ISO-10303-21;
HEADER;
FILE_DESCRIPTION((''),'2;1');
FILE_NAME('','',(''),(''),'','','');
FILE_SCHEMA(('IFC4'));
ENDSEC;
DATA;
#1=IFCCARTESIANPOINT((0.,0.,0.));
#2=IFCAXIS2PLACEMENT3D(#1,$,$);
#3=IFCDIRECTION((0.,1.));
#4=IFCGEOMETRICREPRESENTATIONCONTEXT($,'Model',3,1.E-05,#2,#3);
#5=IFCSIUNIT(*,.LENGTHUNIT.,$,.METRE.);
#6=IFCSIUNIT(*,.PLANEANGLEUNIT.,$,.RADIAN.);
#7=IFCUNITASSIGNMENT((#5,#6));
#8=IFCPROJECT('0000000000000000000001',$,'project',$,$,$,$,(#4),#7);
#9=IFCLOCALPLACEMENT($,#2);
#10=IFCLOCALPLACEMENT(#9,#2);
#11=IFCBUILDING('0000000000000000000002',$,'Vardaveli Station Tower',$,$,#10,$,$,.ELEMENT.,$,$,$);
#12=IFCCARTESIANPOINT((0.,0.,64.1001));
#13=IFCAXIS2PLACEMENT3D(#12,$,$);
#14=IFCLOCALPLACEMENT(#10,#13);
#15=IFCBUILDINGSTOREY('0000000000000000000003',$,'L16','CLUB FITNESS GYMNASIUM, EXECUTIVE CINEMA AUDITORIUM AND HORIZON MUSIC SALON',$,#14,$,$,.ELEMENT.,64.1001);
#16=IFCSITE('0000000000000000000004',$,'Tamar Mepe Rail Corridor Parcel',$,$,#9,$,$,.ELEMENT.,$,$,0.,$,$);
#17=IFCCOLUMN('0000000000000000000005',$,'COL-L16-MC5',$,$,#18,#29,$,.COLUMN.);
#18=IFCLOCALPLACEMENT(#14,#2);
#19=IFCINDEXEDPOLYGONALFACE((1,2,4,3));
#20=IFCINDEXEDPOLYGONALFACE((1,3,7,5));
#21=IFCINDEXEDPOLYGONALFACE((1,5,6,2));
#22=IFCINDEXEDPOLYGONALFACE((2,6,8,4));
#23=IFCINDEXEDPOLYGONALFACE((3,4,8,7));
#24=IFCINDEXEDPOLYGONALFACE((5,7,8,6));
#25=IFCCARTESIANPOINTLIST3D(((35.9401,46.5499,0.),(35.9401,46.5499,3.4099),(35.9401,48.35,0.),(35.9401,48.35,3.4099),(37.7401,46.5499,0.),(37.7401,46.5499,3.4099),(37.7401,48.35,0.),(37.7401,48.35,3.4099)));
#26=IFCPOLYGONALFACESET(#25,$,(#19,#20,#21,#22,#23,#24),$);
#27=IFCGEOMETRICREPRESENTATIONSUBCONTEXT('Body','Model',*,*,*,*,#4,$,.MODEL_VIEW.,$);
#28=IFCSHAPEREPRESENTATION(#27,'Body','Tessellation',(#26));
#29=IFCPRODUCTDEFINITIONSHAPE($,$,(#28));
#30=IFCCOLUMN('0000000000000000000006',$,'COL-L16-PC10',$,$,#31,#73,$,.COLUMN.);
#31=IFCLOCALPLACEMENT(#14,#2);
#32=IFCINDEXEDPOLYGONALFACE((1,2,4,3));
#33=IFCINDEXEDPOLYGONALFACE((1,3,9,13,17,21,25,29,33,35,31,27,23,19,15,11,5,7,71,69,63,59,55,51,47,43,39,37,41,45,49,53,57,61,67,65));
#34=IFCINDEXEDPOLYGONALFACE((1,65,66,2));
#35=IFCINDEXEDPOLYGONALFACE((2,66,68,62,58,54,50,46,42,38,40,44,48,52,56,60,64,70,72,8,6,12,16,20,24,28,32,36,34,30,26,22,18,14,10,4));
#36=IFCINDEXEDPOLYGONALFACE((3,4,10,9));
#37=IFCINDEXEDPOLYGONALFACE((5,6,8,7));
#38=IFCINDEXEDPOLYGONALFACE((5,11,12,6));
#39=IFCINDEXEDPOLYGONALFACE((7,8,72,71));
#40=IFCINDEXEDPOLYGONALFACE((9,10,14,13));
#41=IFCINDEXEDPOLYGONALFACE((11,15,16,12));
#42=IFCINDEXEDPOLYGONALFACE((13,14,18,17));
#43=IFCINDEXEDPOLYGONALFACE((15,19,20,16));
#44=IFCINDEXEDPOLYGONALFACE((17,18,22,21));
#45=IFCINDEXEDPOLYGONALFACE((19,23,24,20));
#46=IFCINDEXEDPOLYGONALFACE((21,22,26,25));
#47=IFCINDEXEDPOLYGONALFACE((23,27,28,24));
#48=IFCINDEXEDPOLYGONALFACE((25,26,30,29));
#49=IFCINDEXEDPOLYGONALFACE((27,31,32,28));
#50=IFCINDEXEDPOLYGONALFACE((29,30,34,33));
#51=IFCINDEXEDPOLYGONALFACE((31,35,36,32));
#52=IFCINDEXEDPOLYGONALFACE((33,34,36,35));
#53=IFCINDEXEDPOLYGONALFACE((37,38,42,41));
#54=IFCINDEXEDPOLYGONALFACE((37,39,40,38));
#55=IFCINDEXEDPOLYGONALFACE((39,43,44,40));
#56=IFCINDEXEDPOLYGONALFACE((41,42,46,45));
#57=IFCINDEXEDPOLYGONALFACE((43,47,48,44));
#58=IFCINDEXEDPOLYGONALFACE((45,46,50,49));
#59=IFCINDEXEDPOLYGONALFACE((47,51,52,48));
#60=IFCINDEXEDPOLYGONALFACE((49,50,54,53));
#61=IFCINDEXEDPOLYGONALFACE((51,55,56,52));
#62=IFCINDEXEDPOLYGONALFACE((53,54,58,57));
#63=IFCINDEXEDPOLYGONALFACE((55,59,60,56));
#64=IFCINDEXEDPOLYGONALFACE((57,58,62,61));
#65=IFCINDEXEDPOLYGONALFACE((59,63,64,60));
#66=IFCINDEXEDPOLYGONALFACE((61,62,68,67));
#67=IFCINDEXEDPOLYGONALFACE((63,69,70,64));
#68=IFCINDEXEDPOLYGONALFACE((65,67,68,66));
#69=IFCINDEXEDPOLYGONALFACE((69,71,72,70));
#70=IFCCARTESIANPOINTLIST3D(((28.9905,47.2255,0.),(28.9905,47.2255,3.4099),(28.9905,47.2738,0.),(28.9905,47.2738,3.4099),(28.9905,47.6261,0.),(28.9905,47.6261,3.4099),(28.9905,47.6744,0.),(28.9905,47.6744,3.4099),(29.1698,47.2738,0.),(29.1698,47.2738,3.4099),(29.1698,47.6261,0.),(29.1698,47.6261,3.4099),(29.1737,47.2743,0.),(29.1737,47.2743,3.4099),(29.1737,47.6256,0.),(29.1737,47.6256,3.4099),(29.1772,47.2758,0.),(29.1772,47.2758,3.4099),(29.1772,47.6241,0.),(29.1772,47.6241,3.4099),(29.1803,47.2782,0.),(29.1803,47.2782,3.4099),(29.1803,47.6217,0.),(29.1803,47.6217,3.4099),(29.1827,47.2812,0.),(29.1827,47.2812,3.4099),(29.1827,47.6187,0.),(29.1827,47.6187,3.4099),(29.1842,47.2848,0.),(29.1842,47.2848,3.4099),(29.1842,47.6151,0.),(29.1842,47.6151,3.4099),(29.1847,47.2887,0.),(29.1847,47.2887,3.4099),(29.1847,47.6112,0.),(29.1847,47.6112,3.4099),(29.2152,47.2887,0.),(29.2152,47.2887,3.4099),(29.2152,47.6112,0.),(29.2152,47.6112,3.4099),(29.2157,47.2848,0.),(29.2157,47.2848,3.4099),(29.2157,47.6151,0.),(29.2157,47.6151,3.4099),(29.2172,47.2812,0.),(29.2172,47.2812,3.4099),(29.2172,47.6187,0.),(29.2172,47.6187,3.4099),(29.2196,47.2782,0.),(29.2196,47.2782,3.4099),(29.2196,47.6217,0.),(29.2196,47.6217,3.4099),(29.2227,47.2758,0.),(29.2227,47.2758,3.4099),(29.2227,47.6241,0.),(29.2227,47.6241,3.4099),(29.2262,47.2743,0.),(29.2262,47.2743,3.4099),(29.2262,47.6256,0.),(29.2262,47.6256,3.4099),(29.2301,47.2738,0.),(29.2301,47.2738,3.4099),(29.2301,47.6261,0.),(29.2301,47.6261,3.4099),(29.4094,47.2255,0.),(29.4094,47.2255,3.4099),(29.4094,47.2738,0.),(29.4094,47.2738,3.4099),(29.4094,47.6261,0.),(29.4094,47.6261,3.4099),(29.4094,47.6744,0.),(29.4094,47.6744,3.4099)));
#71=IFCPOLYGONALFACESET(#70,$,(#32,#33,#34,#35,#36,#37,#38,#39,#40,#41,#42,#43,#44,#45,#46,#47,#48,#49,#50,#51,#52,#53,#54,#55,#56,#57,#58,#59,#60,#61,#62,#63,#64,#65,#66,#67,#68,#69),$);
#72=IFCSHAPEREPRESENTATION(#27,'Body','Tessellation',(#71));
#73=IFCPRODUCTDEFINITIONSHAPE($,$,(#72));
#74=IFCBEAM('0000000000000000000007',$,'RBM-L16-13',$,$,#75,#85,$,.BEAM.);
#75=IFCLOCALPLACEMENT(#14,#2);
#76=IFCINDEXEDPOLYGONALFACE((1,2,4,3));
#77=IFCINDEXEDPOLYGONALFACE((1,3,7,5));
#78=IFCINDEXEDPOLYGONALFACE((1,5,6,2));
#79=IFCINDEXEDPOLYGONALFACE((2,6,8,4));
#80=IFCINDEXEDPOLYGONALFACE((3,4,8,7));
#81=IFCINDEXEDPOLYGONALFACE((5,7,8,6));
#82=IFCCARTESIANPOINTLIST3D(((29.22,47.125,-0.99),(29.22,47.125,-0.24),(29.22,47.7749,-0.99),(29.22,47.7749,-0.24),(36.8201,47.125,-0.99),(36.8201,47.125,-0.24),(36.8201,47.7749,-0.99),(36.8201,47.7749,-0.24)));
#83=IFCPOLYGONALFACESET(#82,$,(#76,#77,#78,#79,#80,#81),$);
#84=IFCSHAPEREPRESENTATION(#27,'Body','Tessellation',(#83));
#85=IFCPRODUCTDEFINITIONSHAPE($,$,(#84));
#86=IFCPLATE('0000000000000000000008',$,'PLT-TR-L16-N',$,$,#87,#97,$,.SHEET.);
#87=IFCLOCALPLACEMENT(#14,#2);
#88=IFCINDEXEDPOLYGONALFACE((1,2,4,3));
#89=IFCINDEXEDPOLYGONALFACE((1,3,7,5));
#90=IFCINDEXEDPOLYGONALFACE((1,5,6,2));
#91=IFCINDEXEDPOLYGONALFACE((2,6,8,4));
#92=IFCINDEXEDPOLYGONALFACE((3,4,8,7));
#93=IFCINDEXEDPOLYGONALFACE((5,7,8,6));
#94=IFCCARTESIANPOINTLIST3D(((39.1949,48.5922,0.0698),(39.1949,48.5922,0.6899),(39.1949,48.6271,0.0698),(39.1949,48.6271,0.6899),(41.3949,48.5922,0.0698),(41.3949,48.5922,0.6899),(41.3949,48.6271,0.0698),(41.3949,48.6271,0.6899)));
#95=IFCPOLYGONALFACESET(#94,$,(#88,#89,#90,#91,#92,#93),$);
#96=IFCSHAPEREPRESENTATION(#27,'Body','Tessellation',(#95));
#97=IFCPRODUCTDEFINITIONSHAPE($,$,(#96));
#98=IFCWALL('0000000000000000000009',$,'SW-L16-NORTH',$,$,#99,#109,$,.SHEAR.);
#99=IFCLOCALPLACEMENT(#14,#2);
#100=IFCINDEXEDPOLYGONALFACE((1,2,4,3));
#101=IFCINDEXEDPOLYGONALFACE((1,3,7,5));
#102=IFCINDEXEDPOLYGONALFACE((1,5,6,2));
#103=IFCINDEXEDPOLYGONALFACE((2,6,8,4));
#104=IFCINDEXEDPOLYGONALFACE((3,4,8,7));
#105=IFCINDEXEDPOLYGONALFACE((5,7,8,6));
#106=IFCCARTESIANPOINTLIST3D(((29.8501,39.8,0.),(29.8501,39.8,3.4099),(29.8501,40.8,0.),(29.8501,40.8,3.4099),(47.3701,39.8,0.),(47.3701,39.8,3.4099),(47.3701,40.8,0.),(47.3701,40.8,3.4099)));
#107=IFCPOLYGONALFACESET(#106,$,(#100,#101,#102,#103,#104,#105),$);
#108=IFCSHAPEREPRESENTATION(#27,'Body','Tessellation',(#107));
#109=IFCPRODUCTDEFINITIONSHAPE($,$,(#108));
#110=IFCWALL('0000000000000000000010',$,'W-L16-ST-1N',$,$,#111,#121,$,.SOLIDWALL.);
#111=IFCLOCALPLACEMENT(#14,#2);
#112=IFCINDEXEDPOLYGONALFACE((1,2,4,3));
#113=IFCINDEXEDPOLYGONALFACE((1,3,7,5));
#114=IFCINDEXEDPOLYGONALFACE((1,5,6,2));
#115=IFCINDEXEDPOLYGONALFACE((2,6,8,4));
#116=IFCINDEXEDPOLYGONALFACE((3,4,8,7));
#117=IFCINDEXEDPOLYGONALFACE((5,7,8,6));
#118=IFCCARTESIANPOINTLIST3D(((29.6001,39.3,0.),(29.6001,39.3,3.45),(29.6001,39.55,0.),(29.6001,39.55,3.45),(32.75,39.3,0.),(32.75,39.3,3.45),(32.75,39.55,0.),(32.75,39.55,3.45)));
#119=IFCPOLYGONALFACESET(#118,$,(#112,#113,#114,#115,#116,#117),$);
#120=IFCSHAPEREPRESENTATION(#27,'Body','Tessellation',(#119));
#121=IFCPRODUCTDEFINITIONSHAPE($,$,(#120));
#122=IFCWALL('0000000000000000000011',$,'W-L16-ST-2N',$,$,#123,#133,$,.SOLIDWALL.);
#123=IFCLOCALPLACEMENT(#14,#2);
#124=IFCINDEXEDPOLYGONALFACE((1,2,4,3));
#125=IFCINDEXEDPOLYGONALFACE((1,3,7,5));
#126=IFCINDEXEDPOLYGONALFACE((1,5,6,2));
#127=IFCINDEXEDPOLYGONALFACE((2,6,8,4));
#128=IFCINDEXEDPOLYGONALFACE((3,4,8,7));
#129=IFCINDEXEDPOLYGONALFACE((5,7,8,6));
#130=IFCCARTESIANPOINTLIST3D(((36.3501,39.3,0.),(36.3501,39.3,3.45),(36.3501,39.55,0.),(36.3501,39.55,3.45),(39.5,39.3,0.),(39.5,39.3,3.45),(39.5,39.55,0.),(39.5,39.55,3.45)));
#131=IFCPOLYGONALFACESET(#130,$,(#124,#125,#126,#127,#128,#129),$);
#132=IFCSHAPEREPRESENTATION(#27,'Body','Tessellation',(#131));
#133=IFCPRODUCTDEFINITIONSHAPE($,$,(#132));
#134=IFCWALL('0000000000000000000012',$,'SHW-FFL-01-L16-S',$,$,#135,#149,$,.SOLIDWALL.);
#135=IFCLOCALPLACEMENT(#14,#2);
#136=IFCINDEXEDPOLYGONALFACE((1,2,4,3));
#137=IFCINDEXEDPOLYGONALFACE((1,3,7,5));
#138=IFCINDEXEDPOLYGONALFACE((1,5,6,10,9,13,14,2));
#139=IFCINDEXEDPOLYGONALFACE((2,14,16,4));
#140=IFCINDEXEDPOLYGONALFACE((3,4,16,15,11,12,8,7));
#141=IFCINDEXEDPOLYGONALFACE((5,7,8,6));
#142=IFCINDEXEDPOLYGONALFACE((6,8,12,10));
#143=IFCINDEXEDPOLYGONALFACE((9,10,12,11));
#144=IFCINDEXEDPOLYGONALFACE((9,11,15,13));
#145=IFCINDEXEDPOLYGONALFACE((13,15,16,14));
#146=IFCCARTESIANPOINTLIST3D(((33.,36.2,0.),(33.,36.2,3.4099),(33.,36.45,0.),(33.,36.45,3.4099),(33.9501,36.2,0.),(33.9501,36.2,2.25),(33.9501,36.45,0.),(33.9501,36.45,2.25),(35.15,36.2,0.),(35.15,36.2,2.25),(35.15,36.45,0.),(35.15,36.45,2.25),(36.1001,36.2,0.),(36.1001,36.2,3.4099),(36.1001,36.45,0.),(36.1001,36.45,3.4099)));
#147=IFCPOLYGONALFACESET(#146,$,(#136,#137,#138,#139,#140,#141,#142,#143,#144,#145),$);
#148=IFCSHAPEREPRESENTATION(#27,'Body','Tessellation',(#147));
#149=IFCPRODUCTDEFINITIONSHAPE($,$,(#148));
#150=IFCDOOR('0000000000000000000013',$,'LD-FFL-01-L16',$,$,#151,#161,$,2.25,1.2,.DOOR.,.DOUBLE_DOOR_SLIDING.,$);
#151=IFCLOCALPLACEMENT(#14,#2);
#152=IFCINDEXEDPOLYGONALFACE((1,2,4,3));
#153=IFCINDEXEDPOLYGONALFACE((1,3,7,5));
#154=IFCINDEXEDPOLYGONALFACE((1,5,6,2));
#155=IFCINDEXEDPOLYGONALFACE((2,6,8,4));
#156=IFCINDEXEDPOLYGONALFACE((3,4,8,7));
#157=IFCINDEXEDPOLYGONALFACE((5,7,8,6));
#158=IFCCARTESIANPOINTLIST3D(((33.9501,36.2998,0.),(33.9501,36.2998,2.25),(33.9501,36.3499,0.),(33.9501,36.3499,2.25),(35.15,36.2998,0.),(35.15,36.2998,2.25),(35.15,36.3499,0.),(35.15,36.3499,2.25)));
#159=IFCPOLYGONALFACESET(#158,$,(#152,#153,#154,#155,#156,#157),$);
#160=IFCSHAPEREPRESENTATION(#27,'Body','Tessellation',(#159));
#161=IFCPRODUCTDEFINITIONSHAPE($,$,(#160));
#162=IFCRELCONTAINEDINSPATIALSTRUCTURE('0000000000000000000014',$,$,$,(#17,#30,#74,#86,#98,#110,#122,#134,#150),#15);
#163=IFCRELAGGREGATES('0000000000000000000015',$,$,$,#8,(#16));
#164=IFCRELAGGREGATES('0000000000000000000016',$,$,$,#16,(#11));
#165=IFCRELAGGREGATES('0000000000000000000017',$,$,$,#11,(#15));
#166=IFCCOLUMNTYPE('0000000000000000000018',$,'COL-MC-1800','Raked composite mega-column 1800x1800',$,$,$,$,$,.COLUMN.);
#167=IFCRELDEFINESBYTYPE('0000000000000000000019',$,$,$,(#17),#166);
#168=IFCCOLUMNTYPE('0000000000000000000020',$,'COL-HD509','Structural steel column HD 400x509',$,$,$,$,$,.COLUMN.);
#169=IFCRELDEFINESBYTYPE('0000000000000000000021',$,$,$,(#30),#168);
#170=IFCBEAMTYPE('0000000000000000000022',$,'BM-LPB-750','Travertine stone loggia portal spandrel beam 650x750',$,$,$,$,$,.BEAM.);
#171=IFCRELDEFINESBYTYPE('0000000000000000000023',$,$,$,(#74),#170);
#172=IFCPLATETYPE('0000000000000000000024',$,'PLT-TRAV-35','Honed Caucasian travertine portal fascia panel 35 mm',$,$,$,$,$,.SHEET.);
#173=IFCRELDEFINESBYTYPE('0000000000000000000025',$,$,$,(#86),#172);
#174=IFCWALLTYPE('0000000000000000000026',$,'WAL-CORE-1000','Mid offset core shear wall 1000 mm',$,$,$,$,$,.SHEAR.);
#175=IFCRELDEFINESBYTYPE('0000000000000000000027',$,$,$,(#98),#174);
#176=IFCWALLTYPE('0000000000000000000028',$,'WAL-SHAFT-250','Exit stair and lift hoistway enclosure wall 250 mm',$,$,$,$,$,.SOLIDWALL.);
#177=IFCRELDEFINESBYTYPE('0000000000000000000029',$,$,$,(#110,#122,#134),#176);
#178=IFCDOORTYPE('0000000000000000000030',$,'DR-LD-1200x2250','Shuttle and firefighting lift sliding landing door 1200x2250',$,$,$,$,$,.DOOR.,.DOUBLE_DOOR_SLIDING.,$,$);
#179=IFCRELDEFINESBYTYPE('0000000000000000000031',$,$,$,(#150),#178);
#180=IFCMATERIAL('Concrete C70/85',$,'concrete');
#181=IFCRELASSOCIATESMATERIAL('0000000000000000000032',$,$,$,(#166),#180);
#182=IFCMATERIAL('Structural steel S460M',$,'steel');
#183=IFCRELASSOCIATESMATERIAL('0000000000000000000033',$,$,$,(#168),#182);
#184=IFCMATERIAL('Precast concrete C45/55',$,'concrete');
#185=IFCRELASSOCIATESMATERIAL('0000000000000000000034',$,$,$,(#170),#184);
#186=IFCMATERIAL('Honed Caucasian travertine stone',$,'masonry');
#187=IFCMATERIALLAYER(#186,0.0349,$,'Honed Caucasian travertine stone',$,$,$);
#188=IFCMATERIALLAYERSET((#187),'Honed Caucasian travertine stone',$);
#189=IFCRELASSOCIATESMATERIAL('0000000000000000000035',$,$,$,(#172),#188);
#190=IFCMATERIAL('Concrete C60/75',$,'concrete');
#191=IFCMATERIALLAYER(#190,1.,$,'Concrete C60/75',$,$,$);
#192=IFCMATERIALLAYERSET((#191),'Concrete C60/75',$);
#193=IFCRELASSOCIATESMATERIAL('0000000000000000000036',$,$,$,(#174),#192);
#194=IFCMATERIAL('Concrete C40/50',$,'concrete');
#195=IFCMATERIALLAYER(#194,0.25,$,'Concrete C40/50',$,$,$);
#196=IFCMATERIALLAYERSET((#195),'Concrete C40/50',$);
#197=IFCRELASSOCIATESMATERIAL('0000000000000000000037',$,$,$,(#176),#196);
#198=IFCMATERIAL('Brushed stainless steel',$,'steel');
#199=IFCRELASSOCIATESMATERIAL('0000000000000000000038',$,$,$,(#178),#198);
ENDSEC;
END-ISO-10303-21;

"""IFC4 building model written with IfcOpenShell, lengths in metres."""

from ifc_helpers import new_model, si_unit, direction, frame, frame_2d, origin, origin_2d, place, context, subcontext, project, spatial, rectangle, i_section, extrude, source, transform, mapped, material, layer, layer_set, material_profile, profile_set, type_object, element, fill, save


model = new_model("IFC4")

# Units and contexts
model_context = context("Model", 3, precision=1e-05, world=origin(), true_north=direction((0.0, 1.0)))
body_context = subcontext(model_context, "Body", "Model", "MODEL_VIEW")
ifc_project = project(units=[si_unit("LENGTHUNIT", "METRE"), si_unit("PLANEANGLEUNIT", "RADIAN")], contexts=[model_context])

# Site, building, storey
site_placement = place(None, origin())
site = spatial("IfcSite", under=ifc_project, at=site_placement, Name="Tamar Mepe Rail Corridor Parcel", CompositionType="ELEMENT", RefElevation=0.0)
building_placement = place(site_placement, origin())
building = spatial("IfcBuilding", under=site, at=building_placement, Name="Vardaveli Station Tower", CompositionType="ELEMENT")
storey_placement = place(building_placement, frame((0.0, 0.0, 64.1001)))
storey = spatial("IfcBuildingStorey", under=building, at=storey_placement, Name="L16", Description="CLUB FITNESS GYMNASIUM, EXECUTIVE CINEMA AUDITORIUM AND HORIZON MUSIC SALON", CompositionType="ELEMENT", Elevation=64.1001)

# Columns
ifc_material_1 = material(Name="Concrete C70/85", Category="concrete")
ifc_material_profile_1 = material_profile(ifc_material_1, rectangle(XDim=1.8, YDim=1.8, at=origin_2d()), Name="MC 1800x1800")
ifc_profile_set_1 = profile_set([ifc_material_profile_1], Name="Concrete C70/85")
column_type_1 = type_object("IfcColumnType", Name="COL-MC-1800", Description="Raked composite mega-column 1800x1800", PredefinedType="COLUMN", material=ifc_profile_set_1)
shared_shape_1 = source(origin(), body_context, "Body", "SweptSolid", [
    extrude(rectangle(XDim=1.8, YDim=1.8, at=origin_2d()), origin(), (0.0, 0.0, 1.0), 3.4099),
])
column_1_placement = place(storey_placement, frame((36.8401, 47.45, 0.0), z_axis=(0.0, 0.0, 1.0), x_axis=(1.0, 0.0, 0.0)))
element("IfcColumn", 1, at=column_1_placement, inside=storey, type_object=column_type_1, Name="COL-L16-MC5", PredefinedType="COLUMN", context=body_context, shape_type="MappedRepresentation", body=[
    mapped(shared_shape_1, transform((0.0, 0.0, 0.0), scale=1.0)),
])
ifc_material_2 = material(Name="Structural steel S460M", Category="steel")
ifc_material_profile_2 = material_profile(ifc_material_2, i_section(OverallWidth=0.4189, OverallDepth=0.449, WebThickness=0.0305, FlangeThickness=0.0483, FilletRadius=0.0149, at=origin_2d()), Name="HD 400x509")
ifc_profile_set_2 = profile_set([ifc_material_profile_2], Name="Structural steel S460M")
column_type_2 = type_object("IfcColumnType", Name="COL-HD509", Description="Structural steel column HD 400x509", PredefinedType="COLUMN", material=ifc_profile_set_2)
shared_shape_2 = source(origin(), body_context, "Body", "SweptSolid", [
    extrude(i_section(OverallWidth=0.4189, OverallDepth=0.449, WebThickness=0.0305, FlangeThickness=0.0483, FilletRadius=0.0149, at=origin_2d()), origin(), (0.0, 0.0, 1.0), 3.4099),
])
column_2_placement = place(storey_placement, frame((29.2, 47.45, 0.0), z_axis=(0.0, 0.0, 1.0), x_axis=(1.0, 0.0, 0.0)))
element("IfcColumn", 2, at=column_2_placement, inside=storey, type_object=column_type_2, Name="COL-L16-PC10", PredefinedType="COLUMN", context=body_context, shape_type="MappedRepresentation", body=[
    mapped(shared_shape_2, transform((0.0, 0.0, 0.0), scale=1.0)),
])

# Beam
ifc_material_3 = material(Name="Precast concrete C45/55", Category="concrete")
ifc_material_profile_3 = material_profile(ifc_material_3, rectangle(XDim=0.6499, YDim=0.75, at=origin_2d()), Name="LPB 650x750")
ifc_profile_set_3 = profile_set([ifc_material_profile_3], Name="Precast concrete C45/55")
beam_type = type_object("IfcBeamType", Name="BM-LPB-750", Description="Travertine stone loggia portal spandrel beam 650x750", PredefinedType="BEAM", material=ifc_profile_set_3)
shared_shape_3 = source(origin(), body_context, "Body", "SweptSolid", [
    extrude(rectangle(XDim=0.6499, YDim=0.75, at=origin_2d()), origin(), (0.0, 0.0, 1.0), 7.6001),
])
beam_placement = place(storey_placement, frame((36.8201, 47.45, -0.615), z_axis=(-1.0, 0.0, 0.0), x_axis=(0.0, -1.0, 0.0)))
element("IfcBeam", 3, at=beam_placement, inside=storey, type_object=beam_type, Name="RBM-L16-13", PredefinedType="BEAM", context=body_context, shape_type="MappedRepresentation", body=[
    mapped(shared_shape_3, transform((0.0, 0.0, 0.0), scale=1.0)),
])

# Plate
ifc_material_4 = material(Name="Honed Caucasian travertine stone", Category="masonry")
ifc_layer_1 = layer(ifc_material_4, 0.0349, Name="Honed Caucasian travertine stone")
ifc_layer_set_1 = layer_set([ifc_layer_1], Name="Honed Caucasian travertine stone")
plate_type = type_object("IfcPlateType", Name="PLT-TRAV-35", Description="Honed Caucasian travertine portal fascia panel 35 mm", PredefinedType="SHEET", material=ifc_layer_set_1)
shared_shape_4 = source(origin(), body_context, "Body", "SweptSolid", [
    extrude(rectangle(XDim=2.2, YDim=0.0349, at=origin_2d()), origin(), (0.0, 0.0, 1.0), 0.6201),
])
plate_placement = place(storey_placement, frame((40.2949, 48.6096, 0.0698), z_axis=(0.0, 0.0, 1.0), x_axis=(1.0, 0.0, 0.0)))
element("IfcPlate", 4, at=plate_placement, inside=storey, type_object=plate_type, Name="PLT-TR-L16-N", PredefinedType="SHEET", context=body_context, shape_type="MappedRepresentation", body=[
    mapped(shared_shape_4, transform((0.0, 0.0, 0.0), scale=1.0)),
])

# Walls
ifc_material_5 = material(Name="Concrete C60/75", Category="concrete")
ifc_layer_2 = layer(ifc_material_5, 1.0, Name="Concrete C60/75")
ifc_layer_set_2 = layer_set([ifc_layer_2], Name="Concrete C60/75")
wall_type_1 = type_object("IfcWallType", Name="WAL-CORE-1000", Description="Mid offset core shear wall 1000 mm", PredefinedType="SHEAR", material=ifc_layer_set_2)
shared_shape_5 = source(origin(), body_context, "Body", "SweptSolid", [
    extrude(rectangle(XDim=17.52, YDim=1.0, at=frame_2d((8.76, 0.0))), origin(), (0.0, 0.0, 1.0), 3.4099),
])
wall_1_placement = place(storey_placement, frame((29.8501, 40.3, 0.0), z_axis=(0.0, 0.0, 1.0), x_axis=(1.0, 0.0, 0.0)))
element("IfcWall", 5, at=wall_1_placement, inside=storey, type_object=wall_type_1, Name="SW-L16-NORTH", PredefinedType="SHEAR", context=body_context, shape_type="MappedRepresentation", body=[
    mapped(shared_shape_5, transform((0.0, 0.0, 0.0), scale=1.0)),
])
ifc_material_6 = material(Name="Concrete C40/50", Category="concrete")
ifc_layer_3 = layer(ifc_material_6, 0.25, Name="Concrete C40/50")
ifc_layer_set_3 = layer_set([ifc_layer_3], Name="Concrete C40/50")
wall_type_2 = type_object("IfcWallType", Name="WAL-SHAFT-250", Description="Exit stair and lift hoistway enclosure wall 250 mm", PredefinedType="SOLIDWALL", material=ifc_layer_set_3)
shared_shape_6 = source(origin(), body_context, "Body", "SweptSolid", [
    extrude(rectangle(XDim=3.1499, YDim=0.25, at=frame_2d((1.575, 0.0))), origin(), (0.0, 0.0, 1.0), 3.45),
])
for number, where, z_axis, x_axis, name in (
    (6, (29.6001, 39.425, 0.0), (0.0, 0.0, 1.0), (1.0, 0.0, 0.0), "W-L16-ST-1N"),
    (7, (36.3501, 39.425, 0.0), (0.0, 0.0, 1.0), (1.0, 0.0, 0.0), "W-L16-ST-2N"),
):
    element("IfcWall", number, at=place(storey_placement, frame(where, z_axis=z_axis, x_axis=x_axis)), inside=storey, type_object=wall_type_2, Name=name, PredefinedType="SOLIDWALL", context=body_context, shape_type="MappedRepresentation", body=[
        mapped(shared_shape_6, transform((0.0, 0.0, 0.0), scale=1.0)),
    ])

# Wall, opening, door
shared_shape_7 = source(origin(), body_context, "Body", "SweptSolid", [
    extrude(rectangle(XDim=3.1001, YDim=0.25, at=frame_2d((1.55, 0.0))), origin(), (0.0, 0.0, 1.0), 3.4099),
])
wall_2_placement = place(storey_placement, frame((33.0, 36.325, 0.0), z_axis=(0.0, 0.0, 1.0), x_axis=(1.0, 0.0, 0.0)))
wall_2 = element("IfcWall", 8, at=wall_2_placement, inside=storey, type_object=wall_type_2, Name="SHW-FFL-01-L16-S", PredefinedType="SOLIDWALL", context=body_context, shape_type="MappedRepresentation", body=[
    mapped(shared_shape_7, transform((0.0, 0.0, 0.0), scale=1.0)),
])
shared_shape_8 = source(origin(), body_context, "Body", "SweptSolid", [
    extrude(rectangle(XDim=1.2, YDim=2.25, at=frame_2d((0.6001, 1.125))), frame((0.0, 0.135, 0.0), z_axis=(0.0, -1.0, 0.0), x_axis=(1.0, 0.0, 0.0)), (0.0, 0.0, 1.0), 0.27),
])
opening_1_placement = place(wall_2_placement, frame((0.95, 0.0, 0.0)))
opening_1 = element("IfcOpeningElement", 9, at=opening_1_placement, cuts=wall_2, PredefinedType="OPENING", context=body_context, shape_type="MappedRepresentation", body=[
    mapped(shared_shape_8, transform((0.0, 0.0, 0.0), scale=1.0)),
])
ifc_material_7 = material(Name="Brushed stainless steel", Category="steel")
door_type = type_object("IfcDoorType", Name="DR-LD-1200x2250", Description="Shuttle and firefighting lift sliding landing door 1200x2250", OperationType="DOUBLE_DOOR_SLIDING", PredefinedType="DOOR", material=ifc_material_7)
shared_shape_9 = source(origin(), body_context, "Body", "SweptSolid", [
    extrude(rectangle(XDim=1.2, YDim=2.25, at=frame_2d((0.6001, 1.125))), frame((0.0, 0.0249, 0.0), z_axis=(0.0, -1.0, 0.0), x_axis=(1.0, 0.0, 0.0)), (0.0, 0.0, 1.0), 0.05),
])
door_1_placement = place(opening_1_placement, origin())
door_1 = element("IfcDoor", 10, at=door_1_placement, inside=storey, type_object=door_type, Name="LD-FFL-01-L16", OperationType="DOUBLE_DOOR_SLIDING", OverallHeight=2.25, OverallWidth=1.2, PredefinedType="DOOR", context=body_context, shape_type="MappedRepresentation", body=[
    mapped(shared_shape_9, transform((0.0, 0.0, 0.0), scale=1.0)),
])
fill(opening_1, door_1)

save(model, "model.ifc")
